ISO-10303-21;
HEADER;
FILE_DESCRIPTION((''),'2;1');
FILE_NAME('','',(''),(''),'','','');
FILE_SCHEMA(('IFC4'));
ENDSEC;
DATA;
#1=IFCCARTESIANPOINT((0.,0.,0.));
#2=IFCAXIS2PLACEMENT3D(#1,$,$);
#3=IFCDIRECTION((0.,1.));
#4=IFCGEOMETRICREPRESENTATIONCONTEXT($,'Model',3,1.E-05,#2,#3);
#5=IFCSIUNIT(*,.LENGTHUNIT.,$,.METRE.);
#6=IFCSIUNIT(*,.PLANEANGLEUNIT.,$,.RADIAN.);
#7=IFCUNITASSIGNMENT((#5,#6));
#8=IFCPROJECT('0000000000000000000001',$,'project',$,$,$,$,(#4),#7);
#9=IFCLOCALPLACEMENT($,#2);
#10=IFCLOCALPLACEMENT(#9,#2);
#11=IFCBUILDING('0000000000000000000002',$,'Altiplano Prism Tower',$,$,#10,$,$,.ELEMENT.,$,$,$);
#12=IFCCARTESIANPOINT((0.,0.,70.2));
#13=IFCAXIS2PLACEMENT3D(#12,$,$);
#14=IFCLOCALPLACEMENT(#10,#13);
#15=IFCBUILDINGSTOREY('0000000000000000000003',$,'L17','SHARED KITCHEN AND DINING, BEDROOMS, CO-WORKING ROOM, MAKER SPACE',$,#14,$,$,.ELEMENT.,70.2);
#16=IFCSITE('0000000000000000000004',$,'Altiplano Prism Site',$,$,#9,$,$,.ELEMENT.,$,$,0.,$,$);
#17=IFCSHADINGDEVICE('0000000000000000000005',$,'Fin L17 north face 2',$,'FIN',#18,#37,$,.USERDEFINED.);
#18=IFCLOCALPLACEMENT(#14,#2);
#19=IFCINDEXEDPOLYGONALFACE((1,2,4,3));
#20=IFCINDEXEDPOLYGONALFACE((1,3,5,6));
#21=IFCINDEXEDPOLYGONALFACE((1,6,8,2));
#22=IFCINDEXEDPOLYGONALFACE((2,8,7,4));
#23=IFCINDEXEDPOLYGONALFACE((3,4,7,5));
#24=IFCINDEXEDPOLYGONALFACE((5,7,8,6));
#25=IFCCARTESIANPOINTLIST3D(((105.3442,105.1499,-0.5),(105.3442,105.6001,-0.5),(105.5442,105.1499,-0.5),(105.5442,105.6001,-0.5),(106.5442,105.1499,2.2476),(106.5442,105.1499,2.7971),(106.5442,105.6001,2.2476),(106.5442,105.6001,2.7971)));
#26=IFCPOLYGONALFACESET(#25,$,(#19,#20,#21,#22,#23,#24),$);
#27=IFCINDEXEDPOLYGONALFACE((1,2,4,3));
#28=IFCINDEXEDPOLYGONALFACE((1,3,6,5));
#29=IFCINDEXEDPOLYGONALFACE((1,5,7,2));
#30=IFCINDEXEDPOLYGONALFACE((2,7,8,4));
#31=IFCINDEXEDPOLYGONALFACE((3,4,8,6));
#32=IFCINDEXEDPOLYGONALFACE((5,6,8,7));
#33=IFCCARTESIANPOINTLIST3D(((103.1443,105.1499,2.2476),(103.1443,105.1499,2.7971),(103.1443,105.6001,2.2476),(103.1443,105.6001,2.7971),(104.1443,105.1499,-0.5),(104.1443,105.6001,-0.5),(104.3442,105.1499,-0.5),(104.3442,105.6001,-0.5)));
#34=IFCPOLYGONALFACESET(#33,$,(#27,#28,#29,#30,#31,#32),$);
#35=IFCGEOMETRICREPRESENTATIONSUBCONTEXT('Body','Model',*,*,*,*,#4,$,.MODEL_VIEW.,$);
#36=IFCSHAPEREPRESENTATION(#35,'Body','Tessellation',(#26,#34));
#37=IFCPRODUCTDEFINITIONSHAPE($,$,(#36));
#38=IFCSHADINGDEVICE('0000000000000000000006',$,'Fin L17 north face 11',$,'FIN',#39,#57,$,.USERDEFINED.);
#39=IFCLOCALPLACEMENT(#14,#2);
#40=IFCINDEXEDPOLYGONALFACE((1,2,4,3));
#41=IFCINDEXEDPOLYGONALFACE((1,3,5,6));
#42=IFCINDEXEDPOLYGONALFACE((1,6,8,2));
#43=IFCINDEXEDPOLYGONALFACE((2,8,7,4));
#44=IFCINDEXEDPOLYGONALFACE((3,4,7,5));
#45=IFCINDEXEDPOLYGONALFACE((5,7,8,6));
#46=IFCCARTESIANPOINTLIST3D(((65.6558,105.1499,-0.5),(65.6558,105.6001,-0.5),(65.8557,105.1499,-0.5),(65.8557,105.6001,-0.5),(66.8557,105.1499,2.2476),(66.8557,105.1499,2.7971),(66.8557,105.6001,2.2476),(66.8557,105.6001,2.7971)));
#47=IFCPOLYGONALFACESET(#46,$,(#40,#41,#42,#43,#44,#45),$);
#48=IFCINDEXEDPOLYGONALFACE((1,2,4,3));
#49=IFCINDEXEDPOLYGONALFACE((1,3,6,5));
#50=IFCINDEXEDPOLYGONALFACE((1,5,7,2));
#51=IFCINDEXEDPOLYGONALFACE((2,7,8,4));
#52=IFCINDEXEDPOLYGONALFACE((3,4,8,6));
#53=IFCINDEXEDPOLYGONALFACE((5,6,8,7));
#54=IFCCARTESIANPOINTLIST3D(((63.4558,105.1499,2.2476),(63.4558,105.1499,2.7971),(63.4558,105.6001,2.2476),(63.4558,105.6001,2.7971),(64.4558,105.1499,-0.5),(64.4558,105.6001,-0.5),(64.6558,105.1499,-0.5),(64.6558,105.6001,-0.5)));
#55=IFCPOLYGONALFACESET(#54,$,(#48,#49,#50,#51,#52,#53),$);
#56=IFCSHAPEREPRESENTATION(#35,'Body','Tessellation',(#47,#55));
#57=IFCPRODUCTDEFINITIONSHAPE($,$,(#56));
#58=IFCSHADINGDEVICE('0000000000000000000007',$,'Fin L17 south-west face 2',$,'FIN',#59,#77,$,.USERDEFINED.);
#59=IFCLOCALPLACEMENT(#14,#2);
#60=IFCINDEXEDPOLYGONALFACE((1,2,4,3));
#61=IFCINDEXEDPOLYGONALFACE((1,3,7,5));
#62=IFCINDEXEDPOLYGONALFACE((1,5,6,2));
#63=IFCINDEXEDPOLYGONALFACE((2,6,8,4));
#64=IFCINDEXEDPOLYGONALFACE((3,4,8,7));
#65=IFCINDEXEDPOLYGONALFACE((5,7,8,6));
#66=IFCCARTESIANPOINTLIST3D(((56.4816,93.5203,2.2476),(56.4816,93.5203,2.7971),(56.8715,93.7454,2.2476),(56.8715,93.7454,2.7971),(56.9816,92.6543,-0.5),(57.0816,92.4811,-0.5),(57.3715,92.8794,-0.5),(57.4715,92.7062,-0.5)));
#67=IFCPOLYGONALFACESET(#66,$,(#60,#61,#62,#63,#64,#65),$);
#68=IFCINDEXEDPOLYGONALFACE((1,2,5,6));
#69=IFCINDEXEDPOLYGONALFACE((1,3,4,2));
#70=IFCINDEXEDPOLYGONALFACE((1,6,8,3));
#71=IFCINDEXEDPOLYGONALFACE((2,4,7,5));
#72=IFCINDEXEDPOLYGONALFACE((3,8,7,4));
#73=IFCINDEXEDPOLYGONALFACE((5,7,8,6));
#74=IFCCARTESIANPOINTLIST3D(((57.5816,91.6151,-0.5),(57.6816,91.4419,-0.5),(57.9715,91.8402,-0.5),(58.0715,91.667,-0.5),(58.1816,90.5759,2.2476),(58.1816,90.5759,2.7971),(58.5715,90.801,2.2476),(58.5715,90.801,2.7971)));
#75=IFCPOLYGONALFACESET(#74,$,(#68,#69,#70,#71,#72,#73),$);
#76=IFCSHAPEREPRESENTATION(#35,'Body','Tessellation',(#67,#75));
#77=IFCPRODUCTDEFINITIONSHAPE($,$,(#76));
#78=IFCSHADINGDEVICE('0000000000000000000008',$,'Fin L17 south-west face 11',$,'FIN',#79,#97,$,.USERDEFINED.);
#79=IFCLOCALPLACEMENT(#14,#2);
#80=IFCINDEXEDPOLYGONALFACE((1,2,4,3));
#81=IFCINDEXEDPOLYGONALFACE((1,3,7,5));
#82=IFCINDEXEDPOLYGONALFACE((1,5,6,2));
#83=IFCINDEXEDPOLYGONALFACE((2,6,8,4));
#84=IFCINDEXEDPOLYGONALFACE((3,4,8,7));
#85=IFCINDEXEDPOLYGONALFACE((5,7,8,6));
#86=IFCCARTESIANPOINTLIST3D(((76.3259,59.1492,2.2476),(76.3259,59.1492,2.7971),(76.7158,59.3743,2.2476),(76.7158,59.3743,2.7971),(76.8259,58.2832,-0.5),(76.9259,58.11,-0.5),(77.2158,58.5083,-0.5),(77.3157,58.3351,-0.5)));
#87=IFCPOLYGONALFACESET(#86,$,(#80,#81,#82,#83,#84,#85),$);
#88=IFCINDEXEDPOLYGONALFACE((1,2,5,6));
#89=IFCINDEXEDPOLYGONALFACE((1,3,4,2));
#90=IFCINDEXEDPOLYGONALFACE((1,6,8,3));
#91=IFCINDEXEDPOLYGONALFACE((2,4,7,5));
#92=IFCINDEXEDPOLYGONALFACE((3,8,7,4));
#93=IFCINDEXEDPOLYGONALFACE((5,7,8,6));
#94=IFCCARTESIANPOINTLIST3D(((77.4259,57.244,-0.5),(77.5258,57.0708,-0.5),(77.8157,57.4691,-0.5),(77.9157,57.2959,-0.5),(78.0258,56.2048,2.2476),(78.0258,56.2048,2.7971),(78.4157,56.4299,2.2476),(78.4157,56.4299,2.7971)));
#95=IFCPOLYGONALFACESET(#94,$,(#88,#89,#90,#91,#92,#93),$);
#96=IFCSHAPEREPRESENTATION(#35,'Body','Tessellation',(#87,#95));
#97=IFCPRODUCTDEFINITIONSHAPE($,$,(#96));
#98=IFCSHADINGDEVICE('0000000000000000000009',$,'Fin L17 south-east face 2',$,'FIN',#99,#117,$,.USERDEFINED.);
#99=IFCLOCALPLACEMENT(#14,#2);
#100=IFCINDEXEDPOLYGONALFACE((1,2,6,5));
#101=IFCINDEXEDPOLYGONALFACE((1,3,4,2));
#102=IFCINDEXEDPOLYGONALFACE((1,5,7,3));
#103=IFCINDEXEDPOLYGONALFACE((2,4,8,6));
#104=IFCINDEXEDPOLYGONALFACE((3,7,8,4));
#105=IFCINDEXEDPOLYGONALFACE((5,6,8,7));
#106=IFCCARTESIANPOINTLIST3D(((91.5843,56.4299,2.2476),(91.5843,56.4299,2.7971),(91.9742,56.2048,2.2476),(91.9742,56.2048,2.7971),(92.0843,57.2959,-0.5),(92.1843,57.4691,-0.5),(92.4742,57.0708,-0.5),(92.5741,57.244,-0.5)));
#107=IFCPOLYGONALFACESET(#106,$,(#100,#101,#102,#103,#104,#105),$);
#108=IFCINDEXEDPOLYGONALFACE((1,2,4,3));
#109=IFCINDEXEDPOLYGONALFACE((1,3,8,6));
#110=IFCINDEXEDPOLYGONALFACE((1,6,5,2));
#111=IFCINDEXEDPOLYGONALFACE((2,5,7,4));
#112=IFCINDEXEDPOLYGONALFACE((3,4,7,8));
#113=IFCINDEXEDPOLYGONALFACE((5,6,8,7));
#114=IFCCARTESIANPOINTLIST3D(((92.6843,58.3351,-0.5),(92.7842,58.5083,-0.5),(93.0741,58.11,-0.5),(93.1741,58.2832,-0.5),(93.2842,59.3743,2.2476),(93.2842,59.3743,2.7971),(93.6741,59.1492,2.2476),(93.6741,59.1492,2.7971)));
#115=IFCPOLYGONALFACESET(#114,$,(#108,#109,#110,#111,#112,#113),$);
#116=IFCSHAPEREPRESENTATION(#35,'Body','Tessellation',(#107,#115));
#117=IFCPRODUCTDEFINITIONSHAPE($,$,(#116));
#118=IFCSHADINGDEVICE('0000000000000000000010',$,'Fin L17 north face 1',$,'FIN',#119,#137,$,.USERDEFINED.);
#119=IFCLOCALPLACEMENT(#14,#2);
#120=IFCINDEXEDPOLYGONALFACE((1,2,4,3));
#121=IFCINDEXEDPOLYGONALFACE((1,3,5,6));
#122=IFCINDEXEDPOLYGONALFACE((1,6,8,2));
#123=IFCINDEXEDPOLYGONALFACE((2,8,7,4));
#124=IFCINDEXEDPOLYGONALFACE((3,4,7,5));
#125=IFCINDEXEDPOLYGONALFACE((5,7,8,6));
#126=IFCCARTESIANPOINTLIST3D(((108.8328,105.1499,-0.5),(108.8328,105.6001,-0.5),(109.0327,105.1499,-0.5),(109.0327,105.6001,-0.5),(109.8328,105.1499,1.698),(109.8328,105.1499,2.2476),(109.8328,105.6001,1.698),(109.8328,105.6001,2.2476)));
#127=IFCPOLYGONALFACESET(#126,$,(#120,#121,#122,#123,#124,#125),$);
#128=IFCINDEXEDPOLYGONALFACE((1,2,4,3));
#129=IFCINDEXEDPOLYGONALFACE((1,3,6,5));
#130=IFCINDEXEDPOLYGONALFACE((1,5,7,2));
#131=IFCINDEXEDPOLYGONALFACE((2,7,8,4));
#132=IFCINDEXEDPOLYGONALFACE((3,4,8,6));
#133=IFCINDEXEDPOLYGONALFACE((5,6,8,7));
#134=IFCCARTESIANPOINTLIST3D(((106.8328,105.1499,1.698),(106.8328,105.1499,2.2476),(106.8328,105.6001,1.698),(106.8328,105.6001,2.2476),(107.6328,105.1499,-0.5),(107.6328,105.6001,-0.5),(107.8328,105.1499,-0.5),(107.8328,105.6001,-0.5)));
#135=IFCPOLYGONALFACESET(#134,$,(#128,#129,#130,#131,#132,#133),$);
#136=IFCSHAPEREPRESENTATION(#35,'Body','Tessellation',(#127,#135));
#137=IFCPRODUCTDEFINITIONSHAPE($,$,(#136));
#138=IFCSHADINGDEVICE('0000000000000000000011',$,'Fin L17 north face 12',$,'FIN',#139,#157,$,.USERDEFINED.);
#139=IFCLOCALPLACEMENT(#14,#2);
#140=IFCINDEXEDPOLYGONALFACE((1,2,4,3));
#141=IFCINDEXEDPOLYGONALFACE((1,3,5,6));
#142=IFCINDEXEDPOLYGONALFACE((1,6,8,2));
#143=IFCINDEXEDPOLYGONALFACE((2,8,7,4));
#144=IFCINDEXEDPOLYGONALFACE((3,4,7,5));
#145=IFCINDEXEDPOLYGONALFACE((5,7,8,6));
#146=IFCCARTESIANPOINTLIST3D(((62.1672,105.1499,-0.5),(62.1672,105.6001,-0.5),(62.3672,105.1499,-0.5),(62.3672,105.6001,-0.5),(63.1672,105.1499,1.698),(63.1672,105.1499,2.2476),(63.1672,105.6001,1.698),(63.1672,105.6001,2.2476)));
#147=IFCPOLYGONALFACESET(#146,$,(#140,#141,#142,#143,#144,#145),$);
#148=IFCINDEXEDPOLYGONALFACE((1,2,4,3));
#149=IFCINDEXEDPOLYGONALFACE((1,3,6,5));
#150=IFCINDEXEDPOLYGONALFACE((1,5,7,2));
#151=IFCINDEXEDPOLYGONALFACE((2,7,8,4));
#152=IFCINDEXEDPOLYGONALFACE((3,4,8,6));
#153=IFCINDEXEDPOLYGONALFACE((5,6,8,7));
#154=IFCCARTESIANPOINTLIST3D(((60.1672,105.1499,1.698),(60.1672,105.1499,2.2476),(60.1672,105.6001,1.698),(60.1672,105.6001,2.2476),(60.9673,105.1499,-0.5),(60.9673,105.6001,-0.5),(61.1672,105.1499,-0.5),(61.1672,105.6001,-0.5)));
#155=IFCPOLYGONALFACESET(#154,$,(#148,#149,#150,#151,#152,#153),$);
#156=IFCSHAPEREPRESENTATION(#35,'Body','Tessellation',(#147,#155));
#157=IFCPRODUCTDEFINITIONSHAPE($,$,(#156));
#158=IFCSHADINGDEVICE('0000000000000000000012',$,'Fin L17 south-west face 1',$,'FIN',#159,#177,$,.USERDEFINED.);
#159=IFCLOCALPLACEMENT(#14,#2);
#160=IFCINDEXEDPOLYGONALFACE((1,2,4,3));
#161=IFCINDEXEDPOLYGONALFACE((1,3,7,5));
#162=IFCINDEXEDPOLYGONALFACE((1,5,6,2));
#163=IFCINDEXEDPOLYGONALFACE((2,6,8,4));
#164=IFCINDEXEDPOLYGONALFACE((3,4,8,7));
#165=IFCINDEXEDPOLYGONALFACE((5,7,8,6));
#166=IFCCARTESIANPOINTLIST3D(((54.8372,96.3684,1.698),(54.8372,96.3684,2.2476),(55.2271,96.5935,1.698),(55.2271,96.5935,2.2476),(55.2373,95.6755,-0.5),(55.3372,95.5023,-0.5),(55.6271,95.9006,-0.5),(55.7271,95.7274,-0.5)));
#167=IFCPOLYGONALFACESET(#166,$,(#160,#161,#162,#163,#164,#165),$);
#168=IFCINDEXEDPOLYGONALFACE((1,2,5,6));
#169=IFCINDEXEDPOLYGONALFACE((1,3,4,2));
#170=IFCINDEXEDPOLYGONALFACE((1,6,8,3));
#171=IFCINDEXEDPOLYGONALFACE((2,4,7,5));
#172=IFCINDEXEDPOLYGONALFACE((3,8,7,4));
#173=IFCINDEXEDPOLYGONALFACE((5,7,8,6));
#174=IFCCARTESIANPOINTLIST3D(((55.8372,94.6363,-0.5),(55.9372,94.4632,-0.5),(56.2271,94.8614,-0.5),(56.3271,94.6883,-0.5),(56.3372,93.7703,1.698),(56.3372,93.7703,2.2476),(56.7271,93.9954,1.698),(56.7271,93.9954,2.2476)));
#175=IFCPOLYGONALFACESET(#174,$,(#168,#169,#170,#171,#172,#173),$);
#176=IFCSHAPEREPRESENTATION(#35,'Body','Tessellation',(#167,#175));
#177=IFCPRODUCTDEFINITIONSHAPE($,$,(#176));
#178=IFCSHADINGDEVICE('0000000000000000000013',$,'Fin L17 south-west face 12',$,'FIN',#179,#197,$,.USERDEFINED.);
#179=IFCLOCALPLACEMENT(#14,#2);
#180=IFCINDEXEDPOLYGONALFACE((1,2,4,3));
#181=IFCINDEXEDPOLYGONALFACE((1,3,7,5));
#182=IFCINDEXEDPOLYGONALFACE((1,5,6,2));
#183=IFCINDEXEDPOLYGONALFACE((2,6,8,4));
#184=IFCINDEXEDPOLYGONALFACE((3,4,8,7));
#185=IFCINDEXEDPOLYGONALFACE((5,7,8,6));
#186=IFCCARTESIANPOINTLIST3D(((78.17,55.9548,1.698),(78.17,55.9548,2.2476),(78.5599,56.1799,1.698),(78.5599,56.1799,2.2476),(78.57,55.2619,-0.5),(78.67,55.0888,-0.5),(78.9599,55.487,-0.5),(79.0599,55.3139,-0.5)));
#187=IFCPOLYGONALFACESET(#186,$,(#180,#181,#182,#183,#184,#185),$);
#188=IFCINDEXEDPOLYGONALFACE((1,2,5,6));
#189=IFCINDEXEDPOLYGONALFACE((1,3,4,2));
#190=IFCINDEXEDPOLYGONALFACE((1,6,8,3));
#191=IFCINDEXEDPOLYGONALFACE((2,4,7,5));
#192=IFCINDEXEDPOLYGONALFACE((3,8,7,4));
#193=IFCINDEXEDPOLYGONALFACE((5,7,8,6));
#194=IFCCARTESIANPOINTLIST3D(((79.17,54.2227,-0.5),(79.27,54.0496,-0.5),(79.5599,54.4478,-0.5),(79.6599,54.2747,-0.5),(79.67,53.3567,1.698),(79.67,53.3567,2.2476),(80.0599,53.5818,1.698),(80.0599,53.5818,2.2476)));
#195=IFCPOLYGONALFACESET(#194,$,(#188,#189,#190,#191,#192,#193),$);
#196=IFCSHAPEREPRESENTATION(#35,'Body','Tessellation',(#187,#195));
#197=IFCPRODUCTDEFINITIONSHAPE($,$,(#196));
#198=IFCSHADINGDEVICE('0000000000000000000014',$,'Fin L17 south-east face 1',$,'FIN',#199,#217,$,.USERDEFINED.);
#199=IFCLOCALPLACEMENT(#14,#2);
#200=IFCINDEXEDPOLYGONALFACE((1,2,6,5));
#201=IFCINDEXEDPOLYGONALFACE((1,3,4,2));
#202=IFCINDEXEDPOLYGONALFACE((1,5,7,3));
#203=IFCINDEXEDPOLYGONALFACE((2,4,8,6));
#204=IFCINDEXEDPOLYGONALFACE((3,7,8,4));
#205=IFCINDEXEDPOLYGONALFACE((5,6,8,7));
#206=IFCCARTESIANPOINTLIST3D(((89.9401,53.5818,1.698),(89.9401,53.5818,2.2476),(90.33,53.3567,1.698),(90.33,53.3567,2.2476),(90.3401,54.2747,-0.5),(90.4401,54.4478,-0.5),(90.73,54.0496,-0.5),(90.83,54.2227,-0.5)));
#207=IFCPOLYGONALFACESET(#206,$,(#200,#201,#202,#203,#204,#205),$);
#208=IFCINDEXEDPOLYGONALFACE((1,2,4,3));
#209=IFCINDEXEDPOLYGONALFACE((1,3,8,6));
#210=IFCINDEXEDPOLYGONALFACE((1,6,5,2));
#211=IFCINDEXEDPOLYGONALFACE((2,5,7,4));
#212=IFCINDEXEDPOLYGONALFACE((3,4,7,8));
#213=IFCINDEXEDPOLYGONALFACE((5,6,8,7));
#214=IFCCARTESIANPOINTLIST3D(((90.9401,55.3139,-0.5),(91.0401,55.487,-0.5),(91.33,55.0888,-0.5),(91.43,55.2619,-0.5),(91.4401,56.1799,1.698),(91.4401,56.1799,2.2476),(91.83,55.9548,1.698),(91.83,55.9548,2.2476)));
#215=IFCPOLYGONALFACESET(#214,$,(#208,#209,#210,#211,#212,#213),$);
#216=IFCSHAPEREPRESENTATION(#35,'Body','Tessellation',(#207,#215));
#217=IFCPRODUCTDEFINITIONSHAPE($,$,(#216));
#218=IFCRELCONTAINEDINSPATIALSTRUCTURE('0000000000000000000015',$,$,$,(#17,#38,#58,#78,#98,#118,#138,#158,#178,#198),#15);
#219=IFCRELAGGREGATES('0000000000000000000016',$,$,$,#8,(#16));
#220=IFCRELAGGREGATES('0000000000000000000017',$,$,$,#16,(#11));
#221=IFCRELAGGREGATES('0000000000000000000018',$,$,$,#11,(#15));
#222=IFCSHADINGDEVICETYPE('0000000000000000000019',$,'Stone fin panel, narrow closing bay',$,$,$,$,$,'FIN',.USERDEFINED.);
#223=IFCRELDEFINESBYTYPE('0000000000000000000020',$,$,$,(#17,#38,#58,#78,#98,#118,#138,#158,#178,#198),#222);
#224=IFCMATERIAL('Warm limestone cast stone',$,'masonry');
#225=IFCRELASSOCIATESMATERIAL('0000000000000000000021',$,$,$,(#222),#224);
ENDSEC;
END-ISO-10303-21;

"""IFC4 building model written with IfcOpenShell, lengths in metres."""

from ifc_helpers import new_model, si_unit, direction, frame, origin, place, context, subcontext, project, spatial, polyline, outline, extrude, source, transform, mapped, material, type_object, element, save


model = new_model("IFC4")

# Units and contexts
model_context = context("Model", 3, precision=1e-05, world=origin(), true_north=direction((0.0, 1.0)))
body_context = subcontext(model_context, "Body", "Model", "MODEL_VIEW")
ifc_project = project(units=[si_unit("LENGTHUNIT", "METRE"), si_unit("PLANEANGLEUNIT", "RADIAN")], contexts=[model_context])

# Site, building, storey
site_placement = place(None, origin())
site = spatial("IfcSite", under=ifc_project, at=site_placement, Name="Altiplano Prism Site", CompositionType="ELEMENT", RefElevation=0.0)
building_placement = place(site_placement, origin())
building = spatial("IfcBuilding", under=site, at=building_placement, Name="Altiplano Prism Tower", CompositionType="ELEMENT")
storey_placement = place(building_placement, frame((0.0, 0.0, 70.2)))
storey = spatial("IfcBuildingStorey", under=building, at=storey_placement, Name="L17", Description="SHARED KITCHEN AND DINING, BEDROOMS, CO-WORKING ROOM, MAKER SPACE", CompositionType="ELEMENT", Elevation=70.2)

# Shading devices
ifc_material_1 = material(Name="Warm limestone cast stone", Category="masonry")
shading_device_type_1 = type_object("IfcShadingDeviceType", Name="Stone fin panel, narrow closing bay", ElementType="FIN", PredefinedType="USERDEFINED", material=ifc_material_1)
shared_shape_1 = source(origin(), body_context, "Body", "SweptSolid", [
    extrude(outline(polyline([(-1.7, 3.2971), (-1.7, 2.7476), (-0.7, 0.0), (-0.5, 0.0), (-1.7, 3.2971)])), frame((0.0, -0.1499, 0.0), z_axis=(0.0, -1.0, 0.0), x_axis=(1.0, 0.0, 0.0)), (0.0, 0.0, 1.0), 0.4502),
    extrude(outline(polyline([(1.7, 2.7476), (1.7, 3.2971), (0.5, 0.0), (0.7, 0.0), (1.7, 2.7476)])), frame((0.0, -0.1499, 0.0), z_axis=(0.0, -1.0, 0.0), x_axis=(1.0, 0.0, 0.0)), (0.0, 0.0, 1.0), 0.4502),
])
shading_device_1_placement = place(storey_placement, origin())
element("IfcShadingDevice", 1, at=shading_device_1_placement, inside=storey, type_object=shading_device_type_1, Name="Fin L17 north face 2", ObjectType="FIN", PredefinedType="USERDEFINED", context=body_context, shape_type="MappedRepresentation", body=[
    mapped(shared_shape_1, transform((104.8442, 105.0, -0.5), x_axis=(-1.0, 0.0, 0.0), y_axis=(0.0, -1.0, 0.0), z_axis=(0.0, 0.0, 1.0))),
])
shading_device_2_placement = place(storey_placement, origin())
element("IfcShadingDevice", 2, at=shading_device_2_placement, inside=storey, type_object=shading_device_type_1, Name="Fin L17 north face 11", ObjectType="FIN", PredefinedType="USERDEFINED", context=body_context, shape_type="MappedRepresentation", body=[
    mapped(shared_shape_1, transform((65.1558, 105.0, -0.5), x_axis=(-1.0, 0.0, 0.0), y_axis=(0.0, -1.0, 0.0), z_axis=(0.0, 0.0, 1.0))),
])
shading_device_3_placement = place(storey_placement, origin())
element("IfcShadingDevice", 3, at=shading_device_3_placement, inside=storey, type_object=shading_device_type_1, Name="Fin L17 south-west face 2", ObjectType="FIN", PredefinedType="USERDEFINED", context=body_context, shape_type="MappedRepresentation", body=[
    mapped(shared_shape_1, transform((57.8513, 92.3481, -0.5), x_axis=(0.5, -0.866025, 0.0), y_axis=(0.866025, 0.5, 0.0), z_axis=(0.0, 0.0, 1.0))),
])
shading_device_4_placement = place(storey_placement, origin())
element("IfcShadingDevice", 4, at=shading_device_4_placement, inside=storey, type_object=shading_device_type_1, Name="Fin L17 south-west face 11", ObjectType="FIN", PredefinedType="USERDEFINED", context=body_context, shape_type="MappedRepresentation", body=[
    mapped(shared_shape_1, transform((77.6956, 57.9771, -0.5), x_axis=(0.5, -0.866025, 0.0), y_axis=(0.866025, 0.5, 0.0), z_axis=(0.0, 0.0, 1.0))),
])
shading_device_5_placement = place(storey_placement, origin())
element("IfcShadingDevice", 5, at=shading_device_5_placement, inside=storey, type_object=shading_device_type_1, Name="Fin L17 south-east face 2", ObjectType="FIN", PredefinedType="USERDEFINED", context=body_context, shape_type="MappedRepresentation", body=[
    mapped(shared_shape_1, transform((92.3044, 57.9771, -0.5), x_axis=(0.5, 0.866025, 0.0), y_axis=(-0.866025, 0.5, 0.0), z_axis=(0.0, 0.0, 1.0))),
])
shared_shape_2 = source(origin(), body_context, "Body", "SweptSolid", [
    extrude(outline(polyline([(-1.5, 2.7476), (-1.5, 2.198), (-0.7, 0.0), (-0.5, 0.0), (-1.5, 2.7476)])), frame((0.0, -0.1499, 0.0), z_axis=(0.0, -1.0, 0.0), x_axis=(1.0, 0.0, 0.0)), (0.0, 0.0, 1.0), 0.4502),
    extrude(outline(polyline([(1.5, 2.198), (1.5, 2.7476), (0.5, 0.0), (0.7, 0.0), (1.5, 2.198)])), frame((0.0, -0.1499, 0.0), z_axis=(0.0, -1.0, 0.0), x_axis=(1.0, 0.0, 0.0)), (0.0, 0.0, 1.0), 0.4502),
])
shading_device_6_placement = place(storey_placement, origin())
element("IfcShadingDevice", 6, at=shading_device_6_placement, inside=storey, type_object=shading_device_type_1, Name="Fin L17 north face 1", ObjectType="FIN", PredefinedType="USERDEFINED", context=body_context, shape_type="MappedRepresentation", body=[
    mapped(shared_shape_2, transform((108.3328, 105.0, -0.5), x_axis=(-1.0, 0.0, 0.0), y_axis=(0.0, -1.0, 0.0), z_axis=(0.0, 0.0, 1.0))),
])
shading_device_7_placement = place(storey_placement, origin())
element("IfcShadingDevice", 7, at=shading_device_7_placement, inside=storey, type_object=shading_device_type_1, Name="Fin L17 north face 12", ObjectType="FIN", PredefinedType="USERDEFINED", context=body_context, shape_type="MappedRepresentation", body=[
    mapped(shared_shape_2, transform((61.6672, 105.0, -0.5), x_axis=(-1.0, 0.0, 0.0), y_axis=(0.0, -1.0, 0.0), z_axis=(0.0, 0.0, 1.0))),
])
shading_device_8_placement = place(storey_placement, origin())
element("IfcShadingDevice", 8, at=shading_device_8_placement, inside=storey, type_object=shading_device_type_1, Name="Fin L17 south-west face 1", ObjectType="FIN", PredefinedType="USERDEFINED", context=body_context, shape_type="MappedRepresentation", body=[
    mapped(shared_shape_2, transform((56.1069, 95.3694, -0.5), x_axis=(0.5, -0.866025, 0.0), y_axis=(0.866025, 0.5, 0.0), z_axis=(0.0, 0.0, 1.0))),
])
shading_device_9_placement = place(storey_placement, origin())
element("IfcShadingDevice", 9, at=shading_device_9_placement, inside=storey, type_object=shading_device_type_1, Name="Fin L17 south-west face 12", ObjectType="FIN", PredefinedType="USERDEFINED", context=body_context, shape_type="MappedRepresentation", body=[
    mapped(shared_shape_2, transform((79.4397, 54.9558, -0.5), x_axis=(0.5, -0.866025, 0.0), y_axis=(0.866025, 0.5, 0.0), z_axis=(0.0, 0.0, 1.0))),
])
shading_device_10_placement = place(storey_placement, origin())
element("IfcShadingDevice", 10, at=shading_device_10_placement, inside=storey, type_object=shading_device_type_1, Name="Fin L17 south-east face 1", ObjectType="FIN", PredefinedType="USERDEFINED", context=body_context, shape_type="MappedRepresentation", body=[
    mapped(shared_shape_2, transform((90.5603, 54.9558, -0.5), x_axis=(0.5, 0.866025, 0.0), y_axis=(-0.866025, 0.5, 0.0), z_axis=(0.0, 0.0, 1.0))),
])

save(model, "model.ifc")
